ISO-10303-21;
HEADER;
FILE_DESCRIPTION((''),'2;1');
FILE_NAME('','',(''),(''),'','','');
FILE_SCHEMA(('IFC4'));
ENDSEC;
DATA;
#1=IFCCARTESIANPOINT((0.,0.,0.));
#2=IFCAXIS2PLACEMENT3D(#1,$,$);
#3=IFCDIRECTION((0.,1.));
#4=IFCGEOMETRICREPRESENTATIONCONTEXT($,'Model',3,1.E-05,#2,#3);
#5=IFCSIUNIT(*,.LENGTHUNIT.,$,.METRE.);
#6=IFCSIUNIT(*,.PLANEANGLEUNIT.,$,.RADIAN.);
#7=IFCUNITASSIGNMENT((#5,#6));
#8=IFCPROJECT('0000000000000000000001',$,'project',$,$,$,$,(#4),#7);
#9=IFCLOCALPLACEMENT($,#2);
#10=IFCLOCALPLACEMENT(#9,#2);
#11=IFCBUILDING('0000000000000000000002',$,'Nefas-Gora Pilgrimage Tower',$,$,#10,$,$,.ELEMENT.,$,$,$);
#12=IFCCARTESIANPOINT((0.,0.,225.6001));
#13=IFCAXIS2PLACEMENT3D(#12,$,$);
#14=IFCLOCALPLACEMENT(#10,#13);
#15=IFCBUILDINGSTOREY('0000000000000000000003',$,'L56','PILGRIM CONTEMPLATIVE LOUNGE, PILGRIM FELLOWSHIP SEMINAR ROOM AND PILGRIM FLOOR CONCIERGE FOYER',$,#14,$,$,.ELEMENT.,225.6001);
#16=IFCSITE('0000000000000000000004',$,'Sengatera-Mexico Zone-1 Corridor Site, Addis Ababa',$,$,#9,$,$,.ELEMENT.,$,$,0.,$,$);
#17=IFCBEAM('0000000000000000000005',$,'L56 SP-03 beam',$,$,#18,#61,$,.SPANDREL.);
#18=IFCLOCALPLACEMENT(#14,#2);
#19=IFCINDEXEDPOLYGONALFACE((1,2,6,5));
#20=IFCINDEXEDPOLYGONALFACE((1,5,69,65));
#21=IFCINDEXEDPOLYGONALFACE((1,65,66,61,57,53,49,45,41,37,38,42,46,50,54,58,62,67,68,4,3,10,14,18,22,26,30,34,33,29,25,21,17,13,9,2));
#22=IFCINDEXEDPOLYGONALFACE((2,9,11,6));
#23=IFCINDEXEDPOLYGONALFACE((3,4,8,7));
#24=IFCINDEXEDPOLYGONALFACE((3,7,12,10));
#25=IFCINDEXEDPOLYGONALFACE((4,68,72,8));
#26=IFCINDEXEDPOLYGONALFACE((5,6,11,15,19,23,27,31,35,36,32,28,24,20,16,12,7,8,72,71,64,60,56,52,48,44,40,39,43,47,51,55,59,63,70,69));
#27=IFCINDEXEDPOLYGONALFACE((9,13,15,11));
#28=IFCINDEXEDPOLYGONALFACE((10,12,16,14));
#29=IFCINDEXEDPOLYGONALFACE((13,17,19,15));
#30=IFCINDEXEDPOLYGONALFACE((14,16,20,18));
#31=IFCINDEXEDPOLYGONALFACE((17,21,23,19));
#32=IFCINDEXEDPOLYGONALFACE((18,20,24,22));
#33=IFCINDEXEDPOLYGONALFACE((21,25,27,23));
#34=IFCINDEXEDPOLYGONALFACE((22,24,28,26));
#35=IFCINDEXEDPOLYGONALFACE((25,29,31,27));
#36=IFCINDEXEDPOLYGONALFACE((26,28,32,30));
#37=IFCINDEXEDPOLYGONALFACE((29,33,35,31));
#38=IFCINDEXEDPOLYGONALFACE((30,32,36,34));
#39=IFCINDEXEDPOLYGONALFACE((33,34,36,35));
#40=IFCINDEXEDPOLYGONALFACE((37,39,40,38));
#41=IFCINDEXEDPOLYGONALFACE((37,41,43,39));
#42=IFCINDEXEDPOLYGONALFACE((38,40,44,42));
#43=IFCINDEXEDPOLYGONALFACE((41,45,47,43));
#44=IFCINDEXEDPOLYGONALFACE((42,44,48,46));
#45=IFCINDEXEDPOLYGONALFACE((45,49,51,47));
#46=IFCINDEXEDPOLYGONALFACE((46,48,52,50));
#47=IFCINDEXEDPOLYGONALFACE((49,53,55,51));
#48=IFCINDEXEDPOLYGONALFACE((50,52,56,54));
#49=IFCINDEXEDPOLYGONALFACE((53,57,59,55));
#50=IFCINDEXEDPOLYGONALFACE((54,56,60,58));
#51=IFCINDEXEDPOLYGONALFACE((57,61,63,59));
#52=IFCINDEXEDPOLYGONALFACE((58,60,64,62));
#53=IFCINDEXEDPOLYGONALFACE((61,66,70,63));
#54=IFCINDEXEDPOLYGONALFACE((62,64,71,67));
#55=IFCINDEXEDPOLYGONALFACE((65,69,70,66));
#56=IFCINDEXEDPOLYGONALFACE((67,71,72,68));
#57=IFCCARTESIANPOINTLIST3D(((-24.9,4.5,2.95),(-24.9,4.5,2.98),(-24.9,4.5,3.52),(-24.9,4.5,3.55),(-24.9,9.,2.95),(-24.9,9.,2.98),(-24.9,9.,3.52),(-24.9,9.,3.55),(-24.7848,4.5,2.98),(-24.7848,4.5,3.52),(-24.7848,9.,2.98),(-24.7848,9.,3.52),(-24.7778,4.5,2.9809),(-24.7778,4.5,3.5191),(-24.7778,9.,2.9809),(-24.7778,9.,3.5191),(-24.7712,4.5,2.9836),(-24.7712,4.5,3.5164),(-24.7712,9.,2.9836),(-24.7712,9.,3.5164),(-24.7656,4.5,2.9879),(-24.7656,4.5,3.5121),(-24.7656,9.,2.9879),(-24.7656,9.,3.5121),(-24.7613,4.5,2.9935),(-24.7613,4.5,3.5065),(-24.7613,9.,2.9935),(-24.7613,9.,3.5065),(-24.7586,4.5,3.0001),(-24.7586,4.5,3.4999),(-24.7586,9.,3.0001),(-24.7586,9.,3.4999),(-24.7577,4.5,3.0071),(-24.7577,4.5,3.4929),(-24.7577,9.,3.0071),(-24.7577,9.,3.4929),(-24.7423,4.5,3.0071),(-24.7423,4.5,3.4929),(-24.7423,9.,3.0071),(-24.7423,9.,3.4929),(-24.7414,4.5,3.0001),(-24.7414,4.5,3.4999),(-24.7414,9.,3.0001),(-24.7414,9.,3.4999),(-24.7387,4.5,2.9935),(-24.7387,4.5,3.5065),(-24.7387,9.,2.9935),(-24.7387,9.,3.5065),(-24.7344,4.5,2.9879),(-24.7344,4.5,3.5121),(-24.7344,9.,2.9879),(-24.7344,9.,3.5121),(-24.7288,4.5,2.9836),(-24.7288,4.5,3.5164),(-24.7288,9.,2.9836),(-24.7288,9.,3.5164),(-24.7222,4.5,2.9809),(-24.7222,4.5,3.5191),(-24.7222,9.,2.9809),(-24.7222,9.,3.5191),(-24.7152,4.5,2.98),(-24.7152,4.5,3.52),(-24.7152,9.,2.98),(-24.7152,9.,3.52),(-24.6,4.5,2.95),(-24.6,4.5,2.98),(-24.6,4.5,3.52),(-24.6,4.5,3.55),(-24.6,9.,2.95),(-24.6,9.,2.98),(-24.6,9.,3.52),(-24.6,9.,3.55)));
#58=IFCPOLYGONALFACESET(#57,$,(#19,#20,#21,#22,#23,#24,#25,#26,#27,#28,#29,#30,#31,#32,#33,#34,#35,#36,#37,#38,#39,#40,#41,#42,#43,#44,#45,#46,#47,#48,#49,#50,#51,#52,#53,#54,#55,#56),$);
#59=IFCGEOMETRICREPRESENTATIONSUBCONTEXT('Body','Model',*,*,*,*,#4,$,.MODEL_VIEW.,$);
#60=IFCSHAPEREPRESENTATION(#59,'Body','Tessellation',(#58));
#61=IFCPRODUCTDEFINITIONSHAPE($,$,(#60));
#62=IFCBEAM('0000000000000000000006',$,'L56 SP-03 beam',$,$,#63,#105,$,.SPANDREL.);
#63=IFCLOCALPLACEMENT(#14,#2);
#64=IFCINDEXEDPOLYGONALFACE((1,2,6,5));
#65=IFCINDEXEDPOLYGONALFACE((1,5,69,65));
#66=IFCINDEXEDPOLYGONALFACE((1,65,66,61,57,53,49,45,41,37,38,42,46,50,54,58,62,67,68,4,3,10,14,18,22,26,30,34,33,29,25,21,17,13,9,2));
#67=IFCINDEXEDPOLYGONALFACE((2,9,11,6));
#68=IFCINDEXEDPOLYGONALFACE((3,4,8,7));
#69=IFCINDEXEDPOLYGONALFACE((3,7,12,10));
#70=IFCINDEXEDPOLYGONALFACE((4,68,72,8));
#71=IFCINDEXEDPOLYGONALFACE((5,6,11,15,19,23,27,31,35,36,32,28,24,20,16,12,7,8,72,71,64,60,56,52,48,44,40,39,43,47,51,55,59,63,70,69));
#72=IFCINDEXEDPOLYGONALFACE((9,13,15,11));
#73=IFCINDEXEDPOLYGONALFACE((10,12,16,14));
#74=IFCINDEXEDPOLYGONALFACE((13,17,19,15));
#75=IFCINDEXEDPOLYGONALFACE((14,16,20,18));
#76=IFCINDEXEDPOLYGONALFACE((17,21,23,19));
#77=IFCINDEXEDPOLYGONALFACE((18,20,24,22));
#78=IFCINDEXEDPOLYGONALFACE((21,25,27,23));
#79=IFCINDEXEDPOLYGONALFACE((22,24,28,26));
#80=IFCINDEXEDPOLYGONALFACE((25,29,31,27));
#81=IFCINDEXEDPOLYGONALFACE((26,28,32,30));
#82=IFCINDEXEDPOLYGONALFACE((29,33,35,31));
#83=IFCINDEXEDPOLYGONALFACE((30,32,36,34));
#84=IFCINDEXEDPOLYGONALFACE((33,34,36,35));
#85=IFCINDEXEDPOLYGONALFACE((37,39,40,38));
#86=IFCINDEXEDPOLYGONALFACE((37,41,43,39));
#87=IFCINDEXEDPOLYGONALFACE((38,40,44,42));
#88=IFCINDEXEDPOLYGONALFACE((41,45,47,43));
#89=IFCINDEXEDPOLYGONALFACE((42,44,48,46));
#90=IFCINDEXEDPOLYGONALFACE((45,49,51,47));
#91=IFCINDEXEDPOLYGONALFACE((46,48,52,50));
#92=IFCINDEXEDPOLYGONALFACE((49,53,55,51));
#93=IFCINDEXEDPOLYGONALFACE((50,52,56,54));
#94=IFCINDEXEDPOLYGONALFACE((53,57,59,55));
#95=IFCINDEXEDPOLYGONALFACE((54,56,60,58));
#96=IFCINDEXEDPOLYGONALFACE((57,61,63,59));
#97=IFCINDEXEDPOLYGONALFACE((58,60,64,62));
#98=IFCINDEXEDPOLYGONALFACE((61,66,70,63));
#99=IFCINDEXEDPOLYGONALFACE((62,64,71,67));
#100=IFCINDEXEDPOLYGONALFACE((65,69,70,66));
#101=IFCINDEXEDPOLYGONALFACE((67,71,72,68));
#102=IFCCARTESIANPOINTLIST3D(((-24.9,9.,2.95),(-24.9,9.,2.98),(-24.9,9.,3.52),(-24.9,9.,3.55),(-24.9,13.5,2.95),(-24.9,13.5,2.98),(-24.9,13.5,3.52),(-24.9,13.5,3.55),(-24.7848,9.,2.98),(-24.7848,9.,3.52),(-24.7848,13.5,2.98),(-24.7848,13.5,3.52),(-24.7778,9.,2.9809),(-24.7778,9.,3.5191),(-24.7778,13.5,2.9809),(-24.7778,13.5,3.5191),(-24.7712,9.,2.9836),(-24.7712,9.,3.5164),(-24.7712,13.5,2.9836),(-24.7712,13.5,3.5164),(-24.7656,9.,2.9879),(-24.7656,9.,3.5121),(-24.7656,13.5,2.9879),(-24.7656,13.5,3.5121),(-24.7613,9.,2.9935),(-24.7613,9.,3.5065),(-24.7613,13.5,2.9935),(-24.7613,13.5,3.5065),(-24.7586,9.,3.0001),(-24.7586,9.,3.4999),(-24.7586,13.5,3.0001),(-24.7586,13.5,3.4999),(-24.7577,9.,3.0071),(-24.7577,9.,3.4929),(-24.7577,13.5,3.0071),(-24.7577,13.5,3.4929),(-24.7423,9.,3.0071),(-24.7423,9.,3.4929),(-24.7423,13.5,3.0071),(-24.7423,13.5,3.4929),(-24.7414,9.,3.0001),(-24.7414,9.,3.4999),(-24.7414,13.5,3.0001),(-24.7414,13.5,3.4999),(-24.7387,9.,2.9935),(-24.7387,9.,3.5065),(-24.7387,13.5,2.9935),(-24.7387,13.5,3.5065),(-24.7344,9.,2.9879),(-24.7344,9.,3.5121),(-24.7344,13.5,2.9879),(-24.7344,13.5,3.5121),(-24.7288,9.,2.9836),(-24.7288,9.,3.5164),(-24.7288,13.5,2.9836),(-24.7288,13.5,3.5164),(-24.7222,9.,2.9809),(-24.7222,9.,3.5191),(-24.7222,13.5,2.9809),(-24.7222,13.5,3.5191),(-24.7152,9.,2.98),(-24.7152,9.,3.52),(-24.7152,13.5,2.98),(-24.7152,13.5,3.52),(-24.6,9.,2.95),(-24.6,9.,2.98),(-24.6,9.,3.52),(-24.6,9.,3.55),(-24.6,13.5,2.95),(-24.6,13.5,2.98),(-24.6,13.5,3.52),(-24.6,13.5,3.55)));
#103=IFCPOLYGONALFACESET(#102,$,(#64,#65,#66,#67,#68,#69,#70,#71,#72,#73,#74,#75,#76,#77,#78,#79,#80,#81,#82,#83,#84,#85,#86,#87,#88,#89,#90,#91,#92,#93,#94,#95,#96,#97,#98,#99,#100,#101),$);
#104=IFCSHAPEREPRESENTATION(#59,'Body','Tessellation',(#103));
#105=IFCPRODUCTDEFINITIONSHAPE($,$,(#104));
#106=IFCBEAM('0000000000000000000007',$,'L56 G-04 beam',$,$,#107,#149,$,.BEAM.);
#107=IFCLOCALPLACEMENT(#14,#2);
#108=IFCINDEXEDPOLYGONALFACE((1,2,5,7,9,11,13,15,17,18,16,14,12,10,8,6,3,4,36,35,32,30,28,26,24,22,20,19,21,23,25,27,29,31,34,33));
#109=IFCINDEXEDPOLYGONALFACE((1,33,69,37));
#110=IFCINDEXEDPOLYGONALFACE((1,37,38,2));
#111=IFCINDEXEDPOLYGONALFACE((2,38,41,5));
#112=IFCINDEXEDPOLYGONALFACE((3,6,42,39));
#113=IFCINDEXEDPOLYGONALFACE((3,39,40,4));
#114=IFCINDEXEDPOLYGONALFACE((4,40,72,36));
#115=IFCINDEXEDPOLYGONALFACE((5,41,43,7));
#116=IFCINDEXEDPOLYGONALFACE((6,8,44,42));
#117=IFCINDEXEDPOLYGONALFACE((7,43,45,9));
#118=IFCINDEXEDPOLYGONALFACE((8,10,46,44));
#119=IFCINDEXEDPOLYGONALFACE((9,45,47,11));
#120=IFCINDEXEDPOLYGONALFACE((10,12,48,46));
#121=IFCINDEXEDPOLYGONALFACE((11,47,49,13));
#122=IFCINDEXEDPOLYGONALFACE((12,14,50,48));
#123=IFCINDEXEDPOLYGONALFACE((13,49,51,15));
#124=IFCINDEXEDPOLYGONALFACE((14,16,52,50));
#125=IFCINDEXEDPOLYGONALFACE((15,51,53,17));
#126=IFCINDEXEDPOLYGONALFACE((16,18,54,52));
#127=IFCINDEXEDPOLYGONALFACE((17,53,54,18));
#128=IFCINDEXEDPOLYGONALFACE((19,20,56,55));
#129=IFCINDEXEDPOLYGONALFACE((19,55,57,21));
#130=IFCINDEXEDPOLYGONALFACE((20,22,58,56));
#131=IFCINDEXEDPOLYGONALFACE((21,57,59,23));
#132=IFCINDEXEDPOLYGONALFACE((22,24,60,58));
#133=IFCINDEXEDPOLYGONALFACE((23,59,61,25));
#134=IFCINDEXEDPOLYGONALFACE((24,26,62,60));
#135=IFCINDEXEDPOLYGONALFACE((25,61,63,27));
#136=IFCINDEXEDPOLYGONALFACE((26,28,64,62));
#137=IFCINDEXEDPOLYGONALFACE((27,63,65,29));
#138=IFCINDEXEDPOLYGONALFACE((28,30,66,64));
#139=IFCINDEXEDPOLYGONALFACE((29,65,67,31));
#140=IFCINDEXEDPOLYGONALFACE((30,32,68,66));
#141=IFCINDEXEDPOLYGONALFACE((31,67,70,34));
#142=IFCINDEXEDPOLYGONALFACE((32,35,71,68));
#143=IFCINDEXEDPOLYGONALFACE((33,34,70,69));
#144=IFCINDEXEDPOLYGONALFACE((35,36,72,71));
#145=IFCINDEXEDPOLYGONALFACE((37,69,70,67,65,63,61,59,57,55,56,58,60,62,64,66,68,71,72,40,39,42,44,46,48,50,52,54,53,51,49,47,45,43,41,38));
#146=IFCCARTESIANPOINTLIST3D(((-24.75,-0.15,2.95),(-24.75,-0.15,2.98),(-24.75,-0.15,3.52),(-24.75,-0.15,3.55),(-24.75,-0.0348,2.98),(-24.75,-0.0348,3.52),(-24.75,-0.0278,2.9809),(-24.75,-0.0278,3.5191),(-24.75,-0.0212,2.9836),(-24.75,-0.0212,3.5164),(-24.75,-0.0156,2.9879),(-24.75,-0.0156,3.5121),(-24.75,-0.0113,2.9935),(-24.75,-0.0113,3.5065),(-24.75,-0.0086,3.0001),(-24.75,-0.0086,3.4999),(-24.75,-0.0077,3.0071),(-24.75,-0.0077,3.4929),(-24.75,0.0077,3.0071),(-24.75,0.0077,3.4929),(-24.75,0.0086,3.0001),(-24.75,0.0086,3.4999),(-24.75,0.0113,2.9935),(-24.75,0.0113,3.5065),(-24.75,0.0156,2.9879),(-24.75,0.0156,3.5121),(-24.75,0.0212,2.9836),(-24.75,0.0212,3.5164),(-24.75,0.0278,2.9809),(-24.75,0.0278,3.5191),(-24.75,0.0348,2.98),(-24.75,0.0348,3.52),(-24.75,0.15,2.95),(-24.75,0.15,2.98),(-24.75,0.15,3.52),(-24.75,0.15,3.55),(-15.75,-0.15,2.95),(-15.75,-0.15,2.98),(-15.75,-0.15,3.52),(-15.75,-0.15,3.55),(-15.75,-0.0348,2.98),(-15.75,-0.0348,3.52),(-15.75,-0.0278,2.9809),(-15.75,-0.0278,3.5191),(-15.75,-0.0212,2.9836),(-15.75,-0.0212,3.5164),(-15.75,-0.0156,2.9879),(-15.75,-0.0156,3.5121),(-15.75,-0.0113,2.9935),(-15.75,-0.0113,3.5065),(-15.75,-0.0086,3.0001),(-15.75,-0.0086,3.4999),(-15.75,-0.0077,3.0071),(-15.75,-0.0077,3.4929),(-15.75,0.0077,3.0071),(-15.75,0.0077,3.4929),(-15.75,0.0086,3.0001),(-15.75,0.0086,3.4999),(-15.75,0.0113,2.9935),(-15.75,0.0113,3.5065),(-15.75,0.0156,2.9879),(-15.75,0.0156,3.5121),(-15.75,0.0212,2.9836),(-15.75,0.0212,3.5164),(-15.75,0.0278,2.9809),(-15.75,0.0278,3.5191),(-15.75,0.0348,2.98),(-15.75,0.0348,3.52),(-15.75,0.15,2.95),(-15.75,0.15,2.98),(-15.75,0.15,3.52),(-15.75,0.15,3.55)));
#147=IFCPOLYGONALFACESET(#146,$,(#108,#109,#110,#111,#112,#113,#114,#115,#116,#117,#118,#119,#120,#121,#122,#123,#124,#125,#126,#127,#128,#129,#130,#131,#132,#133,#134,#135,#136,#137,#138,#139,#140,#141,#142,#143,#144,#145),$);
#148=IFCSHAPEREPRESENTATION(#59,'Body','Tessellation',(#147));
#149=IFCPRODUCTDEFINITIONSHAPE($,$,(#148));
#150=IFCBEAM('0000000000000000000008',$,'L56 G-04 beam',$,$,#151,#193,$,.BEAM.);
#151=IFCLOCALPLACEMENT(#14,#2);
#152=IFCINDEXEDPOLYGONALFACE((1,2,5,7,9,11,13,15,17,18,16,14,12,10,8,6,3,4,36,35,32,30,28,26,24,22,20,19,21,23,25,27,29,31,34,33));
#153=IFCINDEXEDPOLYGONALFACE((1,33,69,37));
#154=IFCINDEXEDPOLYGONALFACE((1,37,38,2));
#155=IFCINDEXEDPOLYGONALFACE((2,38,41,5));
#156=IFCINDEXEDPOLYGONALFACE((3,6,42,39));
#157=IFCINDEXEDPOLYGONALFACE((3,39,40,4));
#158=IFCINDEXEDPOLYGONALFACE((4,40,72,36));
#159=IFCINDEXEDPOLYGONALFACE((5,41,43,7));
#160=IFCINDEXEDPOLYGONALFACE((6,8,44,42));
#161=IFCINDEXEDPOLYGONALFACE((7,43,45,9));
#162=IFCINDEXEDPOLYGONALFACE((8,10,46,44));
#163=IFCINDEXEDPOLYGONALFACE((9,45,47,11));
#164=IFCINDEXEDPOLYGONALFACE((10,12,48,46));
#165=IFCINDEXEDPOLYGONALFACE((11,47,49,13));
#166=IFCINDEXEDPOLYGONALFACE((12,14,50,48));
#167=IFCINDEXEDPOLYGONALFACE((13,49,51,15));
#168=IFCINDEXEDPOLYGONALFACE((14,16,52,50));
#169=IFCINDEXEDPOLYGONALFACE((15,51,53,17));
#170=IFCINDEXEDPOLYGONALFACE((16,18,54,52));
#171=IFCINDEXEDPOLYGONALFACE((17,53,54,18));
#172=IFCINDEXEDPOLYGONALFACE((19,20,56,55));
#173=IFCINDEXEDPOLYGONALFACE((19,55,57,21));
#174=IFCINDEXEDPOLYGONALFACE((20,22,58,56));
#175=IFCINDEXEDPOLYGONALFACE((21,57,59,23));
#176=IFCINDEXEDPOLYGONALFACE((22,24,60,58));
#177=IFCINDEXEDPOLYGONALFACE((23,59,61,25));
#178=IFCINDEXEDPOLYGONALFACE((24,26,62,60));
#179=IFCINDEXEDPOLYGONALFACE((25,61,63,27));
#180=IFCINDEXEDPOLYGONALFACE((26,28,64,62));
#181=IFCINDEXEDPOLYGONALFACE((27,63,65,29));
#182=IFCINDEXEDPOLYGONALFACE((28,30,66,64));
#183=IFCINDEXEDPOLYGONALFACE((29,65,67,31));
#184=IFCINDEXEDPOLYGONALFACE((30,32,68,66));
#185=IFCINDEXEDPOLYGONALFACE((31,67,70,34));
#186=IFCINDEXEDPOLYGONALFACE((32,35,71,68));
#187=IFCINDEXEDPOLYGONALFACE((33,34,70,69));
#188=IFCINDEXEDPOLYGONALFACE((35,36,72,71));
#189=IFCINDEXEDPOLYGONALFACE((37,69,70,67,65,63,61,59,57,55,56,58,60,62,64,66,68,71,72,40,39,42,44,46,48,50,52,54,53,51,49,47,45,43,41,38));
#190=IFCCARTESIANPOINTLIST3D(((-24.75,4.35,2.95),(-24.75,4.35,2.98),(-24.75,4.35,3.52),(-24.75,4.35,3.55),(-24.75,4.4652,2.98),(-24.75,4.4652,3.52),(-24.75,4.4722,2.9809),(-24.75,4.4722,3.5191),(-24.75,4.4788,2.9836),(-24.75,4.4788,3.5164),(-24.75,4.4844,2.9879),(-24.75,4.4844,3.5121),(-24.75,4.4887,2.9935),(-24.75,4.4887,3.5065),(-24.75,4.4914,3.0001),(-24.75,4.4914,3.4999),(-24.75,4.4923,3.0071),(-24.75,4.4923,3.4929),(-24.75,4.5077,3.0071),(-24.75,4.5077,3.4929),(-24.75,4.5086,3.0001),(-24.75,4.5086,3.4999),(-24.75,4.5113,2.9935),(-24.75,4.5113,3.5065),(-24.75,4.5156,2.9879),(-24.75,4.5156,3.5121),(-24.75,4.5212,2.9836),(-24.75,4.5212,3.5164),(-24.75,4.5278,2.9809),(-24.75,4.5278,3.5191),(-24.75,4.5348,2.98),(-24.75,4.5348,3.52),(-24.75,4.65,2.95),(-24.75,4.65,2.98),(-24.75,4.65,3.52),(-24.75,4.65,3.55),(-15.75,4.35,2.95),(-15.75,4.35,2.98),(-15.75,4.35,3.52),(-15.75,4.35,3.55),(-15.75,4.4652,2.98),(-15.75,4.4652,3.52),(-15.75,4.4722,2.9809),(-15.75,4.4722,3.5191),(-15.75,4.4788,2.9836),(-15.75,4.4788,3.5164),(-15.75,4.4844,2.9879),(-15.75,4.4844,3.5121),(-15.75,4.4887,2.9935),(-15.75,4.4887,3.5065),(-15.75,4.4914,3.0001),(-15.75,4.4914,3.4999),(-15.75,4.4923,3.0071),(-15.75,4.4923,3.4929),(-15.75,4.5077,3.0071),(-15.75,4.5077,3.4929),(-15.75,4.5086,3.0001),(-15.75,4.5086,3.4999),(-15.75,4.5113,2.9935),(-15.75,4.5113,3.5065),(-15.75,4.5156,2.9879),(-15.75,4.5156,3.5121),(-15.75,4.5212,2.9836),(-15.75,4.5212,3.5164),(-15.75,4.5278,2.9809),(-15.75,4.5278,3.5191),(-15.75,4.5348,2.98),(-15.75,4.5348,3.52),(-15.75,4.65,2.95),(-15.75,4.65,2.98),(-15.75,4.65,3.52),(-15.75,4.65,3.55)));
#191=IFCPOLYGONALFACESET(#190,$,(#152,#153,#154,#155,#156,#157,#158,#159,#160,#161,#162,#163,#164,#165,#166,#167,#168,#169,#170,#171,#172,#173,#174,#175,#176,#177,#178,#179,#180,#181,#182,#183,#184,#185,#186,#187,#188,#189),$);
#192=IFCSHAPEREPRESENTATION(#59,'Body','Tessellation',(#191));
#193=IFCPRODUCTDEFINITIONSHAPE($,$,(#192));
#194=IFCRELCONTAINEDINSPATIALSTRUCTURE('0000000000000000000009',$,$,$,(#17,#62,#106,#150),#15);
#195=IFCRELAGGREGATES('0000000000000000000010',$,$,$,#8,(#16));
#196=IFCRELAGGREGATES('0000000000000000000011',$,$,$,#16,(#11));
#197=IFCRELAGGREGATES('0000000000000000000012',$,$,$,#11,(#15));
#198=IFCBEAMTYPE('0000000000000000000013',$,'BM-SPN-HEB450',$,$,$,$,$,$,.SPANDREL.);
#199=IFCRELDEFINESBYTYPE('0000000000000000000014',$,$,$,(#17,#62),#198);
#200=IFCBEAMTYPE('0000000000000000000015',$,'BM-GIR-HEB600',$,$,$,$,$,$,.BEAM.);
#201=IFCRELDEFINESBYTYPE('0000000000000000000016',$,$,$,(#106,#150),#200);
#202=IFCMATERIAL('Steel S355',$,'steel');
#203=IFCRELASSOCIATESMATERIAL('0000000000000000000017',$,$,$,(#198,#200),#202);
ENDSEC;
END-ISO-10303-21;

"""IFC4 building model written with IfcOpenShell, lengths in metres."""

from ifc_helpers import new_model, si_unit, direction, frame, origin, origin_2d, place, context, subcontext, project, spatial, i_section, extrude, source, transform, mapped, material, material_profile, profile_set, type_object, element, save


model = new_model("IFC4")

# Units and contexts
model_context = context("Model", 3, precision=1e-05, world=origin(), true_north=direction((0.0, 1.0)))
body_context = subcontext(model_context, "Body", "Model", "MODEL_VIEW")
ifc_project = project(units=[si_unit("LENGTHUNIT", "METRE"), si_unit("PLANEANGLEUNIT", "RADIAN")], contexts=[model_context])

# Site, building, storey
site_placement = place(None, origin())
site = spatial("IfcSite", under=ifc_project, at=site_placement, Name="Sengatera-Mexico Zone-1 Corridor Site, Addis Ababa", CompositionType="ELEMENT", RefElevation=0.0)
building_placement = place(site_placement, origin())
building = spatial("IfcBuilding", under=site, at=building_placement, Name="Nefas-Gora Pilgrimage Tower", CompositionType="ELEMENT")
storey_placement = place(building_placement, frame((0.0, 0.0, 225.6001)))
storey = spatial("IfcBuildingStorey", under=building, at=storey_placement, Name="L56", Description="PILGRIM CONTEMPLATIVE LOUNGE, PILGRIM FELLOWSHIP SEMINAR ROOM AND PILGRIM FLOOR CONCIERGE FOYER", CompositionType="ELEMENT", Elevation=225.6001)

# Beams
ifc_material_1 = material(Name="Steel S355", Category="steel")
ifc_material_profile_1 = material_profile(ifc_material_1, i_section(OverallWidth=0.3, OverallDepth=0.6001, WebThickness=0.0154, FlangeThickness=0.03, FilletRadius=0.0271, at=origin_2d()), Name="HEB 600")
ifc_profile_set_1 = profile_set([ifc_material_profile_1], Name="Steel S355")
beam_type_1 = type_object("IfcBeamType", Name="BM-SPN-HEB450", PredefinedType="SPANDREL", material=ifc_profile_set_1)
shared_shape_1 = source(origin(), body_context, "Body", "SweptSolid", [
    extrude(i_section(OverallWidth=0.3, OverallDepth=0.6001, WebThickness=0.0154, FlangeThickness=0.03, FilletRadius=0.0271, at=origin_2d()), origin(), (0.0, 0.0, 1.0), 4.5),
])
for number, where, z_axis, x_axis, name in (
    (1, (-24.75, 4.5, 3.25), (0.0, 1.0, 0.0), (-1.0, 0.0, 0.0), "L56 SP-03 beam"),
    (2, (-24.75, 9.0, 3.25), (0.0, 1.0, 0.0), (-1.0, 0.0, 0.0), "L56 SP-03 beam"),
):
    element("IfcBeam", number, at=place(storey_placement, frame(where, z_axis=z_axis, x_axis=x_axis)), inside=storey, type_object=beam_type_1, Name=name, PredefinedType="SPANDREL", context=body_context, shape_type="MappedRepresentation", body=[
        mapped(shared_shape_1, transform((0.0, 0.0, 0.0), x_axis=(1.0, 0.0, 0.0), y_axis=(0.0, 1.0, 0.0), z_axis=(0.0, 0.0, 1.0), scale=1.0)),
    ])
ifc_material_profile_2 = material_profile(ifc_material_1, i_section(OverallWidth=0.3, OverallDepth=0.6001, WebThickness=0.0154, FlangeThickness=0.03, FilletRadius=0.0271, at=origin_2d()), Name="HEB 600")
ifc_profile_set_2 = profile_set([ifc_material_profile_2], Name="Steel S355")
beam_type_2 = type_object("IfcBeamType", Name="BM-GIR-HEB600", PredefinedType="BEAM", material=ifc_profile_set_2)
shared_shape_2 = source(origin(), body_context, "Body", "SweptSolid", [
    extrude(i_section(OverallWidth=0.3, OverallDepth=0.6001, WebThickness=0.0154, FlangeThickness=0.03, FilletRadius=0.0271, at=origin_2d()), origin(), (0.0, 0.0, 1.0), 9.0),
])
for number, where, z_axis, x_axis, name in (
    (3, (-24.75, 0.0, 3.25), (1.0, 0.0, 0.0), (0.0, 1.0, 0.0), "L56 G-04 beam"),
    (4, (-24.75, 4.5, 3.25), (1.0, 0.0, 0.0), (0.0, 1.0, 0.0), "L56 G-04 beam"),
):
    element("IfcBeam", number, at=place(storey_placement, frame(where, z_axis=z_axis, x_axis=x_axis)), inside=storey, type_object=beam_type_2, Name=name, PredefinedType="BEAM", context=body_context, shape_type="MappedRepresentation", body=[
        mapped(shared_shape_2, transform((0.0, 0.0, 0.0), x_axis=(1.0, 0.0, 0.0), y_axis=(0.0, 1.0, 0.0), z_axis=(0.0, 0.0, 1.0), scale=1.0)),
    ])

save(model, "model.ifc")
